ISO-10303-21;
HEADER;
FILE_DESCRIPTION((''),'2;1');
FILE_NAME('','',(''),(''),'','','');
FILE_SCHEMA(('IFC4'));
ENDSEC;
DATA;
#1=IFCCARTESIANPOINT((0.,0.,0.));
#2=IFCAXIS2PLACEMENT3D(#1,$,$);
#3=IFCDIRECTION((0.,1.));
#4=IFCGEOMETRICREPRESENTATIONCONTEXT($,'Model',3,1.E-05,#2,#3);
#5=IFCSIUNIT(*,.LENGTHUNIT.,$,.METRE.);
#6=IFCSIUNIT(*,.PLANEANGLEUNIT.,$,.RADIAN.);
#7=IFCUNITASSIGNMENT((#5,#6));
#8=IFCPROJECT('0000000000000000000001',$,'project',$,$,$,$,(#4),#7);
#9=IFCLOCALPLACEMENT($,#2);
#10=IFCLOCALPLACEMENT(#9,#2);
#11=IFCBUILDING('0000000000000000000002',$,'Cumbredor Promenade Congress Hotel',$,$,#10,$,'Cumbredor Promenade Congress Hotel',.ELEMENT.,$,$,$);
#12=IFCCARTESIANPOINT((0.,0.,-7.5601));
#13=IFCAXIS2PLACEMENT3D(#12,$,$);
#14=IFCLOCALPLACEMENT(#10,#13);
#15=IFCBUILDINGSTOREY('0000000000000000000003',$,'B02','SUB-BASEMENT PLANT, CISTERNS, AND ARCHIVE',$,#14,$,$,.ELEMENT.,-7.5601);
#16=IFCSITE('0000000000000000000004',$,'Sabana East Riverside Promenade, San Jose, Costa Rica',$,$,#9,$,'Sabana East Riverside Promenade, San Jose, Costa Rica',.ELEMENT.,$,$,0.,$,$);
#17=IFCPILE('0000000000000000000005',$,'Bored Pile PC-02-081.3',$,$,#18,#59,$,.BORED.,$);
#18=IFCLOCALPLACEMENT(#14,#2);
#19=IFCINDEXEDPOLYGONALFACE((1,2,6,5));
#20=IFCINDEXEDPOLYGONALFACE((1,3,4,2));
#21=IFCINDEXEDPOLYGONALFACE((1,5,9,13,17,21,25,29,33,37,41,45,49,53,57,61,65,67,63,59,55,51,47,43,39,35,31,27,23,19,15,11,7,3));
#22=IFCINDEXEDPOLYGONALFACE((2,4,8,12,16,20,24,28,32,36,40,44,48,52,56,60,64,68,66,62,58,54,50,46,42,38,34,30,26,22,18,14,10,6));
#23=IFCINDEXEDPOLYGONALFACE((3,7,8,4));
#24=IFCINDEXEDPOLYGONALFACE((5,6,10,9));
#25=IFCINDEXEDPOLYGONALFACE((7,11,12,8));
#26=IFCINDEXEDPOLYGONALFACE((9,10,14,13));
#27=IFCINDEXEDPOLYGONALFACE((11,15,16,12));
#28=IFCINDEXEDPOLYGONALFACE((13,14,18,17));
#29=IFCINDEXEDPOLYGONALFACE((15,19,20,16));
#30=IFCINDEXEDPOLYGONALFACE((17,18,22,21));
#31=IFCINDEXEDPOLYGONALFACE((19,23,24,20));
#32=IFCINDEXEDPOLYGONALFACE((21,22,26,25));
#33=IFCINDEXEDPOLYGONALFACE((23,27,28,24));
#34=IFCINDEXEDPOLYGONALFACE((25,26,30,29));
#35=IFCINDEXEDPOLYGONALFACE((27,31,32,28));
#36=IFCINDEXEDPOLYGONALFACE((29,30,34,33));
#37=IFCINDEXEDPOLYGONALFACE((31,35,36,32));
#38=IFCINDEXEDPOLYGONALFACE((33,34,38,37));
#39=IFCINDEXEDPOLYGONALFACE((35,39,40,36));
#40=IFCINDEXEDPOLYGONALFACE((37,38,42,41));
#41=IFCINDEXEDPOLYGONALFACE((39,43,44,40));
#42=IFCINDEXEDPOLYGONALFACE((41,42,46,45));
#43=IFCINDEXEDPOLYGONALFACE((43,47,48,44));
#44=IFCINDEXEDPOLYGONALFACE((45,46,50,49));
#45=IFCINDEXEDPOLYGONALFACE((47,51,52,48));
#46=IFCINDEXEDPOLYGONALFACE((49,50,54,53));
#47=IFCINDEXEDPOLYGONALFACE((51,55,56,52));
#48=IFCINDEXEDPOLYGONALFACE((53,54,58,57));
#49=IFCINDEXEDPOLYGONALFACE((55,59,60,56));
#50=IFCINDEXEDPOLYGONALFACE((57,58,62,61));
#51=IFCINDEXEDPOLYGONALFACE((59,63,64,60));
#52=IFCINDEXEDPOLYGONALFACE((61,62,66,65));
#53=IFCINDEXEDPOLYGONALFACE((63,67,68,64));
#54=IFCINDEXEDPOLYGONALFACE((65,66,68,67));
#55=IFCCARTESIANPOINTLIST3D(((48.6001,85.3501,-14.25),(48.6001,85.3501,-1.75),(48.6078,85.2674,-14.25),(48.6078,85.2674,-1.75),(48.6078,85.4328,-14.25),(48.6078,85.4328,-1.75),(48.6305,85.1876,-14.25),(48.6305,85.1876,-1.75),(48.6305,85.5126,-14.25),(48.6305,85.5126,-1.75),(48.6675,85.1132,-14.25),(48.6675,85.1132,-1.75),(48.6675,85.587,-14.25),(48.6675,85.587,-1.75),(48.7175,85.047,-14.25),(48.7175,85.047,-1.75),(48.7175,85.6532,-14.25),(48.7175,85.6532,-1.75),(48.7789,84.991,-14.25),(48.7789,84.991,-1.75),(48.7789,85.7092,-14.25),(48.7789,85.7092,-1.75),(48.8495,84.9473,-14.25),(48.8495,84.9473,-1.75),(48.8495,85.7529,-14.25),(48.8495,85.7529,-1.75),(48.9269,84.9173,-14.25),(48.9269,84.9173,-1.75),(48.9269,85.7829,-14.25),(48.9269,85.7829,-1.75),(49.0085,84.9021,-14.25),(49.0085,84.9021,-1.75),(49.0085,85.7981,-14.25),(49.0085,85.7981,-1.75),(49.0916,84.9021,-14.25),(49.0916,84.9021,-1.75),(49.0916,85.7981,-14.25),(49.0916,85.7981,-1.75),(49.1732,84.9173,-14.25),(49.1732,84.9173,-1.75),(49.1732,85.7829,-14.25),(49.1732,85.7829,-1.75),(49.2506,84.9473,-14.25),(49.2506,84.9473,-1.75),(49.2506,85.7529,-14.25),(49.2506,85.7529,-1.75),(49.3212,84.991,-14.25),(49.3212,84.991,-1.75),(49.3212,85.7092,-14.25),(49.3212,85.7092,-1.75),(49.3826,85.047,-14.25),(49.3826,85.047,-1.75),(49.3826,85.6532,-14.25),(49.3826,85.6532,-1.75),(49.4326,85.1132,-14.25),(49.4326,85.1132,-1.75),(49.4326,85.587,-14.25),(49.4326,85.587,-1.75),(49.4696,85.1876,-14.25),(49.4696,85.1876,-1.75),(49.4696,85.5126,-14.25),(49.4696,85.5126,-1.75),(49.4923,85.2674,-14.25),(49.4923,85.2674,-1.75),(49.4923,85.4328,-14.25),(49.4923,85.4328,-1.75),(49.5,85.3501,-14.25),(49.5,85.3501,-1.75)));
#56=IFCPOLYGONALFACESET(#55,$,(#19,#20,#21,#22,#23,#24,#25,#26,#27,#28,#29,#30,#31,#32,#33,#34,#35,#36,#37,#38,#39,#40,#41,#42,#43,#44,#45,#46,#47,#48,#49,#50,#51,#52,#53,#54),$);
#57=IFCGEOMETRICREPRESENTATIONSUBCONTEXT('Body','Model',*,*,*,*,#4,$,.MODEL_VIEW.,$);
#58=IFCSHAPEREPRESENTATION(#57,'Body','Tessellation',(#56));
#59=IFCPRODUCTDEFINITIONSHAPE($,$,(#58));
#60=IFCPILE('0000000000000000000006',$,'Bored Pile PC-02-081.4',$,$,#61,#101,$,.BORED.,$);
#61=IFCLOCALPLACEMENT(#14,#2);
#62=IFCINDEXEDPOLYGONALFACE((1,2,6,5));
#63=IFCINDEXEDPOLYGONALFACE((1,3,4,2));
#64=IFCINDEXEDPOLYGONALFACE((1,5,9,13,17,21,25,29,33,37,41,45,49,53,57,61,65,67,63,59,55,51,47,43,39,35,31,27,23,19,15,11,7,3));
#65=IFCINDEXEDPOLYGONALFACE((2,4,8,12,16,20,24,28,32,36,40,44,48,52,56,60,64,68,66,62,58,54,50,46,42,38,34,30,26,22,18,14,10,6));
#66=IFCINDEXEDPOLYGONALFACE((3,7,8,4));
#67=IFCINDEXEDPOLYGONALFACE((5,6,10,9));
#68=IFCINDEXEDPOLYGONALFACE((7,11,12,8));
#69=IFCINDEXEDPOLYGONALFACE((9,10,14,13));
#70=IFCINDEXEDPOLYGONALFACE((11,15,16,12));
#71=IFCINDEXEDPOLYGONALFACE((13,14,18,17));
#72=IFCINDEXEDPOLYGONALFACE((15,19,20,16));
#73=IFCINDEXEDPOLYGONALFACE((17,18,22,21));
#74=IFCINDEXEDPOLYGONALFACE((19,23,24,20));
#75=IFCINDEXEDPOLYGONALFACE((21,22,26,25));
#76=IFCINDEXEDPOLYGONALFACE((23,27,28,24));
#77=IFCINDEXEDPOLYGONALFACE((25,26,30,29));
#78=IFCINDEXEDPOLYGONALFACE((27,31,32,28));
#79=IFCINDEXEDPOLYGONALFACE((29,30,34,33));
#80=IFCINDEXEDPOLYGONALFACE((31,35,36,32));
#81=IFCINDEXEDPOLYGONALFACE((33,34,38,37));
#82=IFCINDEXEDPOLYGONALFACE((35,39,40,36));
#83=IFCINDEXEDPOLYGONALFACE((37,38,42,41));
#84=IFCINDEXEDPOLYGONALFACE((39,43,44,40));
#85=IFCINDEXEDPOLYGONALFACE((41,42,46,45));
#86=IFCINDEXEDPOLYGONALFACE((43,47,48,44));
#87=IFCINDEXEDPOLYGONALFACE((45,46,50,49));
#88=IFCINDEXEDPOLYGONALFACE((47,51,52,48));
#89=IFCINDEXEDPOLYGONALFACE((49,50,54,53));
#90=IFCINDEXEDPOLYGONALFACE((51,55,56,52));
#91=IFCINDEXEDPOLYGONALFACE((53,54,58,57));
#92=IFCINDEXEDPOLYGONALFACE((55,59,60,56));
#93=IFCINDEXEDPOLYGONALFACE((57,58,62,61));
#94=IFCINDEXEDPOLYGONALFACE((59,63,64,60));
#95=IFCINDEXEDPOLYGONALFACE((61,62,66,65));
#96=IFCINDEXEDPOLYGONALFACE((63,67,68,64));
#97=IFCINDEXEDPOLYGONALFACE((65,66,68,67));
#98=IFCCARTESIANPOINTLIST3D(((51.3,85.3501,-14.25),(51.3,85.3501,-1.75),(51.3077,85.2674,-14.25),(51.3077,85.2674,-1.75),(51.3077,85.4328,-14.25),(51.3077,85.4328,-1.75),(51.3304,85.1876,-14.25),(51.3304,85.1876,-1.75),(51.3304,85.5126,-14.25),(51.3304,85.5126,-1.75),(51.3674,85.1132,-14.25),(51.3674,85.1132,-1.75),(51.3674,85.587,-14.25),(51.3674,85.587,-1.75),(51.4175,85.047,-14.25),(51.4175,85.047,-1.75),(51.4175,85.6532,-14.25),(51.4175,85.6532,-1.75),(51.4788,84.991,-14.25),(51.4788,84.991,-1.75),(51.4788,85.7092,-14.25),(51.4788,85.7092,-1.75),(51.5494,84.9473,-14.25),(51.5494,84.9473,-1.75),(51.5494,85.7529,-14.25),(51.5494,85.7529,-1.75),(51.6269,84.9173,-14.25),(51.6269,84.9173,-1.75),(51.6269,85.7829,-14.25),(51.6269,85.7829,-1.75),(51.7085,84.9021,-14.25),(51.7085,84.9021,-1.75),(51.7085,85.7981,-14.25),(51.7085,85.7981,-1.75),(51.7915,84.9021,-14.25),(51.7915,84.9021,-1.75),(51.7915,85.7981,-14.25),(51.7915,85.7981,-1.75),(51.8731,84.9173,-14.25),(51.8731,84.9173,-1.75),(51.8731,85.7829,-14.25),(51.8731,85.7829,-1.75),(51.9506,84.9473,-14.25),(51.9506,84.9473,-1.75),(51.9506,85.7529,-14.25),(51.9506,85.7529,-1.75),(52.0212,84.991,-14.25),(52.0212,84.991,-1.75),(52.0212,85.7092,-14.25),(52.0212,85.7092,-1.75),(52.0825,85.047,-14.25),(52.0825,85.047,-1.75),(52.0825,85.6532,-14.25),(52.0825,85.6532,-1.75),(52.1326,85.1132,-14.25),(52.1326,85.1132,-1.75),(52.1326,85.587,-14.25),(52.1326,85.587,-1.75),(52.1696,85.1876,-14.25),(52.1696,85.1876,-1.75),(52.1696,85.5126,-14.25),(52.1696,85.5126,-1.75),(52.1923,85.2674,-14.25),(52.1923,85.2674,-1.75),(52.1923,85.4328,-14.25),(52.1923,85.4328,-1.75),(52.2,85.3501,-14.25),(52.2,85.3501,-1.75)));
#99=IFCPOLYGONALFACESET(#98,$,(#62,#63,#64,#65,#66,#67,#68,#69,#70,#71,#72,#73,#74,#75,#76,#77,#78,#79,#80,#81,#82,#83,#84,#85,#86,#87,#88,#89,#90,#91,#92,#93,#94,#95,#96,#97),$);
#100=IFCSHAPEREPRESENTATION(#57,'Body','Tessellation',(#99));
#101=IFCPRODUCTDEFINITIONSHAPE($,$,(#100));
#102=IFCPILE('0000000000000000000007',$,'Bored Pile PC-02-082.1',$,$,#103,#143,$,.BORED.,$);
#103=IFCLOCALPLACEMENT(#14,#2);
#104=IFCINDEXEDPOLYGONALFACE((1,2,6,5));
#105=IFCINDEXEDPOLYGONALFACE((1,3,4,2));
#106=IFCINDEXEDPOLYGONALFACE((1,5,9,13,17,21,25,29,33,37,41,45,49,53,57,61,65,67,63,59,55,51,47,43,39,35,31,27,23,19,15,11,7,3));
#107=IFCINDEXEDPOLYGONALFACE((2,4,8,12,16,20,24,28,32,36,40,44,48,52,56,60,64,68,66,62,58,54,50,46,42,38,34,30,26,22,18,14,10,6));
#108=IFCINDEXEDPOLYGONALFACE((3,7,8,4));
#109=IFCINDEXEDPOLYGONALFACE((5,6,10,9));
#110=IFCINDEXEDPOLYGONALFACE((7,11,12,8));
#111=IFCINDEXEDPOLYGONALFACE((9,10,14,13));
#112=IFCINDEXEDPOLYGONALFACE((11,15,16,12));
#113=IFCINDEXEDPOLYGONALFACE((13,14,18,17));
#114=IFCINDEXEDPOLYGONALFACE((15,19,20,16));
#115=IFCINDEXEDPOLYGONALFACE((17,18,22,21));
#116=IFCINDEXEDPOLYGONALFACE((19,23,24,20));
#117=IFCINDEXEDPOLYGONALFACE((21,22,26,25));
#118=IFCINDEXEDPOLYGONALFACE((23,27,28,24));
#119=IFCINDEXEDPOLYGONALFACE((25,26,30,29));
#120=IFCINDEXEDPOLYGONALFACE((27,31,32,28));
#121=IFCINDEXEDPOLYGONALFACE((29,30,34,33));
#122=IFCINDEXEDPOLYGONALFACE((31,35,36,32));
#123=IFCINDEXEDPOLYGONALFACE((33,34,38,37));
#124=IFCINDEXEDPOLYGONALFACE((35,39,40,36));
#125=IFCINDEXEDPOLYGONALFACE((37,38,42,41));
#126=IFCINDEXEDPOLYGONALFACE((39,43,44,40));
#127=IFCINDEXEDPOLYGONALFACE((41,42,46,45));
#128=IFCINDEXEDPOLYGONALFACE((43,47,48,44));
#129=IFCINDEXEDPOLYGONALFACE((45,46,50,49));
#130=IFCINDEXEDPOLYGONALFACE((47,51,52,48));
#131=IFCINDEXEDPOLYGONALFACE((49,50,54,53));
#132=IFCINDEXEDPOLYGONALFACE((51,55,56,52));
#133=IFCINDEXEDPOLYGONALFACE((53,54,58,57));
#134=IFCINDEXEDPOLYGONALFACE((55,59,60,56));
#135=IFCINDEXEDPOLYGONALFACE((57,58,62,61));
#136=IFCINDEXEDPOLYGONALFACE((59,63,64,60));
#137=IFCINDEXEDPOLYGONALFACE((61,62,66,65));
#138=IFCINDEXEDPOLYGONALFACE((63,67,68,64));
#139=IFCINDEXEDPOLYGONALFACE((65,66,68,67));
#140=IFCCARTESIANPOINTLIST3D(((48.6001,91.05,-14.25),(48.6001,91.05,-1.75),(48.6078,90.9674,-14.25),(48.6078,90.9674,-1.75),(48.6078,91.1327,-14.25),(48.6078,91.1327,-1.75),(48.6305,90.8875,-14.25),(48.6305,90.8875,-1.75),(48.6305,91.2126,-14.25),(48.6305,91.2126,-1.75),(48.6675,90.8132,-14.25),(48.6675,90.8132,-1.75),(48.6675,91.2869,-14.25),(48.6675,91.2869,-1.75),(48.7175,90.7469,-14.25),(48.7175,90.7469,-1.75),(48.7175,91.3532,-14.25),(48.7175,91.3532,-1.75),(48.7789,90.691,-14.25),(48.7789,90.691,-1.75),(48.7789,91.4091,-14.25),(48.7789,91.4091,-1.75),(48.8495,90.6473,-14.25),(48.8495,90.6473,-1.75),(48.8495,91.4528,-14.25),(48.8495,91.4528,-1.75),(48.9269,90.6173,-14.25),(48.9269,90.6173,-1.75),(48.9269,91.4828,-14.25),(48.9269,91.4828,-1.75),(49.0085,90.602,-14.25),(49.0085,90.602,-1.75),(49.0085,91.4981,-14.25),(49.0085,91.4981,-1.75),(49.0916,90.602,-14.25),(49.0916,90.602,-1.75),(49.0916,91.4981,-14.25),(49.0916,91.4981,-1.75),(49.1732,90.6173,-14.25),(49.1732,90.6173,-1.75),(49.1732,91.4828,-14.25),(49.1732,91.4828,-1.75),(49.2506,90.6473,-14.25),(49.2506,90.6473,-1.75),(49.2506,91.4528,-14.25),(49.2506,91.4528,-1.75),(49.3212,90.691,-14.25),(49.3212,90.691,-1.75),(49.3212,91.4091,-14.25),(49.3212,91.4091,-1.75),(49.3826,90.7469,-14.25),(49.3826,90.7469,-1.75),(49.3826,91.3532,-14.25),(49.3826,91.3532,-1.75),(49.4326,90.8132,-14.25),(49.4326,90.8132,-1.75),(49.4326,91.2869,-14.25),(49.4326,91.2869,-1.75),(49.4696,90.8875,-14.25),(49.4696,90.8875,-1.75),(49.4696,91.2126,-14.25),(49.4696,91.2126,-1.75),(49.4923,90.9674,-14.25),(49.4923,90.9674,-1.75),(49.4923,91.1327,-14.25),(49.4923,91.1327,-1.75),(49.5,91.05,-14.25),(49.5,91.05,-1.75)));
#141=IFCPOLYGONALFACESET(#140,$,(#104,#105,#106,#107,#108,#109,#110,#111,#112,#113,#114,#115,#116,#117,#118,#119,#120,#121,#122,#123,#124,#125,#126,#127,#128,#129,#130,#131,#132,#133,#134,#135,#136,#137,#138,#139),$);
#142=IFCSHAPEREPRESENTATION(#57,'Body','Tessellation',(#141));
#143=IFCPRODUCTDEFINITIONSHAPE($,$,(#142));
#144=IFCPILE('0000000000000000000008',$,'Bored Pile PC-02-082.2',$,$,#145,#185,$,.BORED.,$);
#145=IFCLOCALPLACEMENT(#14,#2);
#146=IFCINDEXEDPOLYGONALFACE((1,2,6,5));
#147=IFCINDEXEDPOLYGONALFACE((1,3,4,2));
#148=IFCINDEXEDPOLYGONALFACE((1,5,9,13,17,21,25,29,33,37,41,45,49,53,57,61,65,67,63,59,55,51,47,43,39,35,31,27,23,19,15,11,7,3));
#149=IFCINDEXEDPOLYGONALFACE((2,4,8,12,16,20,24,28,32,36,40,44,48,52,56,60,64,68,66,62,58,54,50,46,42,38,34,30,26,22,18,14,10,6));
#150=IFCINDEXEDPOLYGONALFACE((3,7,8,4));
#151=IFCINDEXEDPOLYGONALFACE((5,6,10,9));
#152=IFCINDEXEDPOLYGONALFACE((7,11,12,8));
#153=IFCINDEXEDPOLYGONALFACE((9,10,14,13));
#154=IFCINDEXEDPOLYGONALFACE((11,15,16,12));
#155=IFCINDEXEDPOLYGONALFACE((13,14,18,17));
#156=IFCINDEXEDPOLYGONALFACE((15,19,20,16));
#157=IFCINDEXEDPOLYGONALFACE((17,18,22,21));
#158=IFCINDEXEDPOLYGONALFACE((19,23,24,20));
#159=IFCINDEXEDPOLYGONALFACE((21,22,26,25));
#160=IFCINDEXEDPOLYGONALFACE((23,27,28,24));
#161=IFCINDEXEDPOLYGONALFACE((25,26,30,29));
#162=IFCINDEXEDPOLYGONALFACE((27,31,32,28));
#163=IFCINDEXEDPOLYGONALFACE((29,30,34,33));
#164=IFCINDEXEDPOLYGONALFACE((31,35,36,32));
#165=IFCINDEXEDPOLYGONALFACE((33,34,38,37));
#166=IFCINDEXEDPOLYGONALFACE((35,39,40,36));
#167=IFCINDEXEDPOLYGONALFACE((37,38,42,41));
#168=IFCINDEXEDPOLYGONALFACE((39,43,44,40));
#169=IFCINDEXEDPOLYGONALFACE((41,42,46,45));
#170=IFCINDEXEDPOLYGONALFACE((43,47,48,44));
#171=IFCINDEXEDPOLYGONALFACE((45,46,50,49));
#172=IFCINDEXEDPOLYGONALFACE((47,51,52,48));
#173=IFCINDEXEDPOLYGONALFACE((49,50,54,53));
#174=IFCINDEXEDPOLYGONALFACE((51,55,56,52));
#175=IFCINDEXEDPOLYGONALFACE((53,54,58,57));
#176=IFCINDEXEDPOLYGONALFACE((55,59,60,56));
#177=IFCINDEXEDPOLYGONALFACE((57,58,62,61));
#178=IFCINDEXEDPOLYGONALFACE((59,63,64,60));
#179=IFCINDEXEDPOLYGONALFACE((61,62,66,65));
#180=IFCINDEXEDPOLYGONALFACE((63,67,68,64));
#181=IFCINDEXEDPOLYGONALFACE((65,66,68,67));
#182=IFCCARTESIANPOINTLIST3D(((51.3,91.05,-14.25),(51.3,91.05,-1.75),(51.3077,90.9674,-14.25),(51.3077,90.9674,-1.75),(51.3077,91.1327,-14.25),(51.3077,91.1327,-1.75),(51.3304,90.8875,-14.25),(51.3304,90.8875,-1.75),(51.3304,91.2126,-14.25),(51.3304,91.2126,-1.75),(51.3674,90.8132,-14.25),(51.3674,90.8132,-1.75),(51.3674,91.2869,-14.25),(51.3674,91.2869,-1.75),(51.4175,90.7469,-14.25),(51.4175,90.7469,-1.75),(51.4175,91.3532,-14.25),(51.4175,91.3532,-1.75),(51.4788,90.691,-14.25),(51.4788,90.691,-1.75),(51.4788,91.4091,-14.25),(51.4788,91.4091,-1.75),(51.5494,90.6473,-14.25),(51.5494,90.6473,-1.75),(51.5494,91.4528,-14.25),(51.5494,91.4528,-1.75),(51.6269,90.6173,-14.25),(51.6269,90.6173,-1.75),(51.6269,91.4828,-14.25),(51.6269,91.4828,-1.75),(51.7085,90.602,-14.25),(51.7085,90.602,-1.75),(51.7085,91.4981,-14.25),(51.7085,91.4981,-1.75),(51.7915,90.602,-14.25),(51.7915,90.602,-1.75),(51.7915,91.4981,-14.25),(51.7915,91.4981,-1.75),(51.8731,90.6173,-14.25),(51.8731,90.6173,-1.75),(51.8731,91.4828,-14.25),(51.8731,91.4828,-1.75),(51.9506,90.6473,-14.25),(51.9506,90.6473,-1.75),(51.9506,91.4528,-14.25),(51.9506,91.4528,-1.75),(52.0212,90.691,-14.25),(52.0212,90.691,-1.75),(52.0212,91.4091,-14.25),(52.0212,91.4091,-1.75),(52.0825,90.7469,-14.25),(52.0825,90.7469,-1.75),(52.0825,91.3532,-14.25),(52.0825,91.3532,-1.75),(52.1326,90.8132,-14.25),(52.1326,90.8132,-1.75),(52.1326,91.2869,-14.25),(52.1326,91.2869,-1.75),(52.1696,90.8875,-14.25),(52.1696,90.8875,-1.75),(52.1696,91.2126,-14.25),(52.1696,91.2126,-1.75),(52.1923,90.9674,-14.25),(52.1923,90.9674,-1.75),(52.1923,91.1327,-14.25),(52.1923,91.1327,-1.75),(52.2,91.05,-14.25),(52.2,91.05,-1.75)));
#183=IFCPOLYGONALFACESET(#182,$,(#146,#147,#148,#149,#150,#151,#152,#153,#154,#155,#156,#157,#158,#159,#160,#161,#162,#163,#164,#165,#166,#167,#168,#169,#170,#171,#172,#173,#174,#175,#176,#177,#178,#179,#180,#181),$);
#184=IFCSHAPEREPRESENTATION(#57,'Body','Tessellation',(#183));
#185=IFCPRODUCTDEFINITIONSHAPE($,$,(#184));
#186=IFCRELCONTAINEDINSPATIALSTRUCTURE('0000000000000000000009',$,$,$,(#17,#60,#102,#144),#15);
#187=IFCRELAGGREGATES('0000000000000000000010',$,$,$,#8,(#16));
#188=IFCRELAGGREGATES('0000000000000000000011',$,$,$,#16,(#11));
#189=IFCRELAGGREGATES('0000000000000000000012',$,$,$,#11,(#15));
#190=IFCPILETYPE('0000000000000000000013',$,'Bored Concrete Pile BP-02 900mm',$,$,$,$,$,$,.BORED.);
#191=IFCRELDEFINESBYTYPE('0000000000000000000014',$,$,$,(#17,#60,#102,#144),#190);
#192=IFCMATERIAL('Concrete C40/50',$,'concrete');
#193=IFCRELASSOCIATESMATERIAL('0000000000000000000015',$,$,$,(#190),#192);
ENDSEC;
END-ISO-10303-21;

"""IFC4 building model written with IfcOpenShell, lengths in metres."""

from ifc_helpers import new_model, si_unit, direction, frame, origin, origin_2d, place, context, subcontext, project, spatial, circle, extrude, material, material_profile, profile_set, type_object, element, save


model = new_model("IFC4")

# Units and contexts
model_context = context("Model", 3, precision=1e-05, world=origin(), true_north=direction((0.0, 1.0)))
body_context = subcontext(model_context, "Body", "Model", "MODEL_VIEW")
ifc_project = project(units=[si_unit("LENGTHUNIT", "METRE"), si_unit("PLANEANGLEUNIT", "RADIAN")], contexts=[model_context])

# Site, building, storey
site_placement = place(None, origin())
site = spatial("IfcSite", under=ifc_project, at=site_placement, Name="Sabana East Riverside Promenade, San Jose, Costa Rica", LongName="Sabana East Riverside Promenade, San Jose, Costa Rica", CompositionType="ELEMENT", RefElevation=0.0)
building_placement = place(site_placement, origin())
building = spatial("IfcBuilding", under=site, at=building_placement, Name="Cumbredor Promenade Congress Hotel", LongName="Cumbredor Promenade Congress Hotel", CompositionType="ELEMENT")
storey_placement = place(building_placement, frame((0.0, 0.0, -7.5601)))
storey = spatial("IfcBuildingStorey", under=building, at=storey_placement, Name="B02", Description="SUB-BASEMENT PLANT, CISTERNS, AND ARCHIVE", CompositionType="ELEMENT", Elevation=-7.5601)

# Piles
ifc_material_1 = material(Name="Concrete C40/50", Category="concrete")
ifc_material_profile_1 = material_profile(ifc_material_1, circle(Radius=0.45, at=origin_2d()), Name="PILE D900")
ifc_profile_set_1 = profile_set([ifc_material_profile_1], Name="Concrete C40/50")
pile_type_1 = type_object("IfcPileType", Name="Bored Concrete Pile BP-02 900mm", PredefinedType="BORED", material=ifc_profile_set_1)
for number, where, z_axis, x_axis, name in (
    (1, (49.05, 85.3501, -1.75), (0.0, 0.0, -1.0), (1.0, 0.0, 0.0), "Bored Pile PC-02-081.3"),
    (2, (51.75, 85.3501, -1.75), (0.0, 0.0, -1.0), (1.0, 0.0, 0.0), "Bored Pile PC-02-081.4"),
    (3, (49.05, 91.05, -1.75), (0.0, 0.0, -1.0), (1.0, 0.0, 0.0), "Bored Pile PC-02-082.1"),
    (4, (51.75, 91.05, -1.75), (0.0, 0.0, -1.0), (1.0, 0.0, 0.0), "Bored Pile PC-02-082.2"),
):
    element("IfcPile", number, at=place(storey_placement, frame(where, z_axis=z_axis, x_axis=x_axis)), inside=storey, type_object=pile_type_1, Name=name, PredefinedType="BORED", context=body_context, shape_type="SweptSolid", body=[
        extrude(circle(Radius=0.45, at=origin_2d()), origin(), (0.0, 0.0, 1.0), 12.5),
    ])

save(model, "model.ifc")
